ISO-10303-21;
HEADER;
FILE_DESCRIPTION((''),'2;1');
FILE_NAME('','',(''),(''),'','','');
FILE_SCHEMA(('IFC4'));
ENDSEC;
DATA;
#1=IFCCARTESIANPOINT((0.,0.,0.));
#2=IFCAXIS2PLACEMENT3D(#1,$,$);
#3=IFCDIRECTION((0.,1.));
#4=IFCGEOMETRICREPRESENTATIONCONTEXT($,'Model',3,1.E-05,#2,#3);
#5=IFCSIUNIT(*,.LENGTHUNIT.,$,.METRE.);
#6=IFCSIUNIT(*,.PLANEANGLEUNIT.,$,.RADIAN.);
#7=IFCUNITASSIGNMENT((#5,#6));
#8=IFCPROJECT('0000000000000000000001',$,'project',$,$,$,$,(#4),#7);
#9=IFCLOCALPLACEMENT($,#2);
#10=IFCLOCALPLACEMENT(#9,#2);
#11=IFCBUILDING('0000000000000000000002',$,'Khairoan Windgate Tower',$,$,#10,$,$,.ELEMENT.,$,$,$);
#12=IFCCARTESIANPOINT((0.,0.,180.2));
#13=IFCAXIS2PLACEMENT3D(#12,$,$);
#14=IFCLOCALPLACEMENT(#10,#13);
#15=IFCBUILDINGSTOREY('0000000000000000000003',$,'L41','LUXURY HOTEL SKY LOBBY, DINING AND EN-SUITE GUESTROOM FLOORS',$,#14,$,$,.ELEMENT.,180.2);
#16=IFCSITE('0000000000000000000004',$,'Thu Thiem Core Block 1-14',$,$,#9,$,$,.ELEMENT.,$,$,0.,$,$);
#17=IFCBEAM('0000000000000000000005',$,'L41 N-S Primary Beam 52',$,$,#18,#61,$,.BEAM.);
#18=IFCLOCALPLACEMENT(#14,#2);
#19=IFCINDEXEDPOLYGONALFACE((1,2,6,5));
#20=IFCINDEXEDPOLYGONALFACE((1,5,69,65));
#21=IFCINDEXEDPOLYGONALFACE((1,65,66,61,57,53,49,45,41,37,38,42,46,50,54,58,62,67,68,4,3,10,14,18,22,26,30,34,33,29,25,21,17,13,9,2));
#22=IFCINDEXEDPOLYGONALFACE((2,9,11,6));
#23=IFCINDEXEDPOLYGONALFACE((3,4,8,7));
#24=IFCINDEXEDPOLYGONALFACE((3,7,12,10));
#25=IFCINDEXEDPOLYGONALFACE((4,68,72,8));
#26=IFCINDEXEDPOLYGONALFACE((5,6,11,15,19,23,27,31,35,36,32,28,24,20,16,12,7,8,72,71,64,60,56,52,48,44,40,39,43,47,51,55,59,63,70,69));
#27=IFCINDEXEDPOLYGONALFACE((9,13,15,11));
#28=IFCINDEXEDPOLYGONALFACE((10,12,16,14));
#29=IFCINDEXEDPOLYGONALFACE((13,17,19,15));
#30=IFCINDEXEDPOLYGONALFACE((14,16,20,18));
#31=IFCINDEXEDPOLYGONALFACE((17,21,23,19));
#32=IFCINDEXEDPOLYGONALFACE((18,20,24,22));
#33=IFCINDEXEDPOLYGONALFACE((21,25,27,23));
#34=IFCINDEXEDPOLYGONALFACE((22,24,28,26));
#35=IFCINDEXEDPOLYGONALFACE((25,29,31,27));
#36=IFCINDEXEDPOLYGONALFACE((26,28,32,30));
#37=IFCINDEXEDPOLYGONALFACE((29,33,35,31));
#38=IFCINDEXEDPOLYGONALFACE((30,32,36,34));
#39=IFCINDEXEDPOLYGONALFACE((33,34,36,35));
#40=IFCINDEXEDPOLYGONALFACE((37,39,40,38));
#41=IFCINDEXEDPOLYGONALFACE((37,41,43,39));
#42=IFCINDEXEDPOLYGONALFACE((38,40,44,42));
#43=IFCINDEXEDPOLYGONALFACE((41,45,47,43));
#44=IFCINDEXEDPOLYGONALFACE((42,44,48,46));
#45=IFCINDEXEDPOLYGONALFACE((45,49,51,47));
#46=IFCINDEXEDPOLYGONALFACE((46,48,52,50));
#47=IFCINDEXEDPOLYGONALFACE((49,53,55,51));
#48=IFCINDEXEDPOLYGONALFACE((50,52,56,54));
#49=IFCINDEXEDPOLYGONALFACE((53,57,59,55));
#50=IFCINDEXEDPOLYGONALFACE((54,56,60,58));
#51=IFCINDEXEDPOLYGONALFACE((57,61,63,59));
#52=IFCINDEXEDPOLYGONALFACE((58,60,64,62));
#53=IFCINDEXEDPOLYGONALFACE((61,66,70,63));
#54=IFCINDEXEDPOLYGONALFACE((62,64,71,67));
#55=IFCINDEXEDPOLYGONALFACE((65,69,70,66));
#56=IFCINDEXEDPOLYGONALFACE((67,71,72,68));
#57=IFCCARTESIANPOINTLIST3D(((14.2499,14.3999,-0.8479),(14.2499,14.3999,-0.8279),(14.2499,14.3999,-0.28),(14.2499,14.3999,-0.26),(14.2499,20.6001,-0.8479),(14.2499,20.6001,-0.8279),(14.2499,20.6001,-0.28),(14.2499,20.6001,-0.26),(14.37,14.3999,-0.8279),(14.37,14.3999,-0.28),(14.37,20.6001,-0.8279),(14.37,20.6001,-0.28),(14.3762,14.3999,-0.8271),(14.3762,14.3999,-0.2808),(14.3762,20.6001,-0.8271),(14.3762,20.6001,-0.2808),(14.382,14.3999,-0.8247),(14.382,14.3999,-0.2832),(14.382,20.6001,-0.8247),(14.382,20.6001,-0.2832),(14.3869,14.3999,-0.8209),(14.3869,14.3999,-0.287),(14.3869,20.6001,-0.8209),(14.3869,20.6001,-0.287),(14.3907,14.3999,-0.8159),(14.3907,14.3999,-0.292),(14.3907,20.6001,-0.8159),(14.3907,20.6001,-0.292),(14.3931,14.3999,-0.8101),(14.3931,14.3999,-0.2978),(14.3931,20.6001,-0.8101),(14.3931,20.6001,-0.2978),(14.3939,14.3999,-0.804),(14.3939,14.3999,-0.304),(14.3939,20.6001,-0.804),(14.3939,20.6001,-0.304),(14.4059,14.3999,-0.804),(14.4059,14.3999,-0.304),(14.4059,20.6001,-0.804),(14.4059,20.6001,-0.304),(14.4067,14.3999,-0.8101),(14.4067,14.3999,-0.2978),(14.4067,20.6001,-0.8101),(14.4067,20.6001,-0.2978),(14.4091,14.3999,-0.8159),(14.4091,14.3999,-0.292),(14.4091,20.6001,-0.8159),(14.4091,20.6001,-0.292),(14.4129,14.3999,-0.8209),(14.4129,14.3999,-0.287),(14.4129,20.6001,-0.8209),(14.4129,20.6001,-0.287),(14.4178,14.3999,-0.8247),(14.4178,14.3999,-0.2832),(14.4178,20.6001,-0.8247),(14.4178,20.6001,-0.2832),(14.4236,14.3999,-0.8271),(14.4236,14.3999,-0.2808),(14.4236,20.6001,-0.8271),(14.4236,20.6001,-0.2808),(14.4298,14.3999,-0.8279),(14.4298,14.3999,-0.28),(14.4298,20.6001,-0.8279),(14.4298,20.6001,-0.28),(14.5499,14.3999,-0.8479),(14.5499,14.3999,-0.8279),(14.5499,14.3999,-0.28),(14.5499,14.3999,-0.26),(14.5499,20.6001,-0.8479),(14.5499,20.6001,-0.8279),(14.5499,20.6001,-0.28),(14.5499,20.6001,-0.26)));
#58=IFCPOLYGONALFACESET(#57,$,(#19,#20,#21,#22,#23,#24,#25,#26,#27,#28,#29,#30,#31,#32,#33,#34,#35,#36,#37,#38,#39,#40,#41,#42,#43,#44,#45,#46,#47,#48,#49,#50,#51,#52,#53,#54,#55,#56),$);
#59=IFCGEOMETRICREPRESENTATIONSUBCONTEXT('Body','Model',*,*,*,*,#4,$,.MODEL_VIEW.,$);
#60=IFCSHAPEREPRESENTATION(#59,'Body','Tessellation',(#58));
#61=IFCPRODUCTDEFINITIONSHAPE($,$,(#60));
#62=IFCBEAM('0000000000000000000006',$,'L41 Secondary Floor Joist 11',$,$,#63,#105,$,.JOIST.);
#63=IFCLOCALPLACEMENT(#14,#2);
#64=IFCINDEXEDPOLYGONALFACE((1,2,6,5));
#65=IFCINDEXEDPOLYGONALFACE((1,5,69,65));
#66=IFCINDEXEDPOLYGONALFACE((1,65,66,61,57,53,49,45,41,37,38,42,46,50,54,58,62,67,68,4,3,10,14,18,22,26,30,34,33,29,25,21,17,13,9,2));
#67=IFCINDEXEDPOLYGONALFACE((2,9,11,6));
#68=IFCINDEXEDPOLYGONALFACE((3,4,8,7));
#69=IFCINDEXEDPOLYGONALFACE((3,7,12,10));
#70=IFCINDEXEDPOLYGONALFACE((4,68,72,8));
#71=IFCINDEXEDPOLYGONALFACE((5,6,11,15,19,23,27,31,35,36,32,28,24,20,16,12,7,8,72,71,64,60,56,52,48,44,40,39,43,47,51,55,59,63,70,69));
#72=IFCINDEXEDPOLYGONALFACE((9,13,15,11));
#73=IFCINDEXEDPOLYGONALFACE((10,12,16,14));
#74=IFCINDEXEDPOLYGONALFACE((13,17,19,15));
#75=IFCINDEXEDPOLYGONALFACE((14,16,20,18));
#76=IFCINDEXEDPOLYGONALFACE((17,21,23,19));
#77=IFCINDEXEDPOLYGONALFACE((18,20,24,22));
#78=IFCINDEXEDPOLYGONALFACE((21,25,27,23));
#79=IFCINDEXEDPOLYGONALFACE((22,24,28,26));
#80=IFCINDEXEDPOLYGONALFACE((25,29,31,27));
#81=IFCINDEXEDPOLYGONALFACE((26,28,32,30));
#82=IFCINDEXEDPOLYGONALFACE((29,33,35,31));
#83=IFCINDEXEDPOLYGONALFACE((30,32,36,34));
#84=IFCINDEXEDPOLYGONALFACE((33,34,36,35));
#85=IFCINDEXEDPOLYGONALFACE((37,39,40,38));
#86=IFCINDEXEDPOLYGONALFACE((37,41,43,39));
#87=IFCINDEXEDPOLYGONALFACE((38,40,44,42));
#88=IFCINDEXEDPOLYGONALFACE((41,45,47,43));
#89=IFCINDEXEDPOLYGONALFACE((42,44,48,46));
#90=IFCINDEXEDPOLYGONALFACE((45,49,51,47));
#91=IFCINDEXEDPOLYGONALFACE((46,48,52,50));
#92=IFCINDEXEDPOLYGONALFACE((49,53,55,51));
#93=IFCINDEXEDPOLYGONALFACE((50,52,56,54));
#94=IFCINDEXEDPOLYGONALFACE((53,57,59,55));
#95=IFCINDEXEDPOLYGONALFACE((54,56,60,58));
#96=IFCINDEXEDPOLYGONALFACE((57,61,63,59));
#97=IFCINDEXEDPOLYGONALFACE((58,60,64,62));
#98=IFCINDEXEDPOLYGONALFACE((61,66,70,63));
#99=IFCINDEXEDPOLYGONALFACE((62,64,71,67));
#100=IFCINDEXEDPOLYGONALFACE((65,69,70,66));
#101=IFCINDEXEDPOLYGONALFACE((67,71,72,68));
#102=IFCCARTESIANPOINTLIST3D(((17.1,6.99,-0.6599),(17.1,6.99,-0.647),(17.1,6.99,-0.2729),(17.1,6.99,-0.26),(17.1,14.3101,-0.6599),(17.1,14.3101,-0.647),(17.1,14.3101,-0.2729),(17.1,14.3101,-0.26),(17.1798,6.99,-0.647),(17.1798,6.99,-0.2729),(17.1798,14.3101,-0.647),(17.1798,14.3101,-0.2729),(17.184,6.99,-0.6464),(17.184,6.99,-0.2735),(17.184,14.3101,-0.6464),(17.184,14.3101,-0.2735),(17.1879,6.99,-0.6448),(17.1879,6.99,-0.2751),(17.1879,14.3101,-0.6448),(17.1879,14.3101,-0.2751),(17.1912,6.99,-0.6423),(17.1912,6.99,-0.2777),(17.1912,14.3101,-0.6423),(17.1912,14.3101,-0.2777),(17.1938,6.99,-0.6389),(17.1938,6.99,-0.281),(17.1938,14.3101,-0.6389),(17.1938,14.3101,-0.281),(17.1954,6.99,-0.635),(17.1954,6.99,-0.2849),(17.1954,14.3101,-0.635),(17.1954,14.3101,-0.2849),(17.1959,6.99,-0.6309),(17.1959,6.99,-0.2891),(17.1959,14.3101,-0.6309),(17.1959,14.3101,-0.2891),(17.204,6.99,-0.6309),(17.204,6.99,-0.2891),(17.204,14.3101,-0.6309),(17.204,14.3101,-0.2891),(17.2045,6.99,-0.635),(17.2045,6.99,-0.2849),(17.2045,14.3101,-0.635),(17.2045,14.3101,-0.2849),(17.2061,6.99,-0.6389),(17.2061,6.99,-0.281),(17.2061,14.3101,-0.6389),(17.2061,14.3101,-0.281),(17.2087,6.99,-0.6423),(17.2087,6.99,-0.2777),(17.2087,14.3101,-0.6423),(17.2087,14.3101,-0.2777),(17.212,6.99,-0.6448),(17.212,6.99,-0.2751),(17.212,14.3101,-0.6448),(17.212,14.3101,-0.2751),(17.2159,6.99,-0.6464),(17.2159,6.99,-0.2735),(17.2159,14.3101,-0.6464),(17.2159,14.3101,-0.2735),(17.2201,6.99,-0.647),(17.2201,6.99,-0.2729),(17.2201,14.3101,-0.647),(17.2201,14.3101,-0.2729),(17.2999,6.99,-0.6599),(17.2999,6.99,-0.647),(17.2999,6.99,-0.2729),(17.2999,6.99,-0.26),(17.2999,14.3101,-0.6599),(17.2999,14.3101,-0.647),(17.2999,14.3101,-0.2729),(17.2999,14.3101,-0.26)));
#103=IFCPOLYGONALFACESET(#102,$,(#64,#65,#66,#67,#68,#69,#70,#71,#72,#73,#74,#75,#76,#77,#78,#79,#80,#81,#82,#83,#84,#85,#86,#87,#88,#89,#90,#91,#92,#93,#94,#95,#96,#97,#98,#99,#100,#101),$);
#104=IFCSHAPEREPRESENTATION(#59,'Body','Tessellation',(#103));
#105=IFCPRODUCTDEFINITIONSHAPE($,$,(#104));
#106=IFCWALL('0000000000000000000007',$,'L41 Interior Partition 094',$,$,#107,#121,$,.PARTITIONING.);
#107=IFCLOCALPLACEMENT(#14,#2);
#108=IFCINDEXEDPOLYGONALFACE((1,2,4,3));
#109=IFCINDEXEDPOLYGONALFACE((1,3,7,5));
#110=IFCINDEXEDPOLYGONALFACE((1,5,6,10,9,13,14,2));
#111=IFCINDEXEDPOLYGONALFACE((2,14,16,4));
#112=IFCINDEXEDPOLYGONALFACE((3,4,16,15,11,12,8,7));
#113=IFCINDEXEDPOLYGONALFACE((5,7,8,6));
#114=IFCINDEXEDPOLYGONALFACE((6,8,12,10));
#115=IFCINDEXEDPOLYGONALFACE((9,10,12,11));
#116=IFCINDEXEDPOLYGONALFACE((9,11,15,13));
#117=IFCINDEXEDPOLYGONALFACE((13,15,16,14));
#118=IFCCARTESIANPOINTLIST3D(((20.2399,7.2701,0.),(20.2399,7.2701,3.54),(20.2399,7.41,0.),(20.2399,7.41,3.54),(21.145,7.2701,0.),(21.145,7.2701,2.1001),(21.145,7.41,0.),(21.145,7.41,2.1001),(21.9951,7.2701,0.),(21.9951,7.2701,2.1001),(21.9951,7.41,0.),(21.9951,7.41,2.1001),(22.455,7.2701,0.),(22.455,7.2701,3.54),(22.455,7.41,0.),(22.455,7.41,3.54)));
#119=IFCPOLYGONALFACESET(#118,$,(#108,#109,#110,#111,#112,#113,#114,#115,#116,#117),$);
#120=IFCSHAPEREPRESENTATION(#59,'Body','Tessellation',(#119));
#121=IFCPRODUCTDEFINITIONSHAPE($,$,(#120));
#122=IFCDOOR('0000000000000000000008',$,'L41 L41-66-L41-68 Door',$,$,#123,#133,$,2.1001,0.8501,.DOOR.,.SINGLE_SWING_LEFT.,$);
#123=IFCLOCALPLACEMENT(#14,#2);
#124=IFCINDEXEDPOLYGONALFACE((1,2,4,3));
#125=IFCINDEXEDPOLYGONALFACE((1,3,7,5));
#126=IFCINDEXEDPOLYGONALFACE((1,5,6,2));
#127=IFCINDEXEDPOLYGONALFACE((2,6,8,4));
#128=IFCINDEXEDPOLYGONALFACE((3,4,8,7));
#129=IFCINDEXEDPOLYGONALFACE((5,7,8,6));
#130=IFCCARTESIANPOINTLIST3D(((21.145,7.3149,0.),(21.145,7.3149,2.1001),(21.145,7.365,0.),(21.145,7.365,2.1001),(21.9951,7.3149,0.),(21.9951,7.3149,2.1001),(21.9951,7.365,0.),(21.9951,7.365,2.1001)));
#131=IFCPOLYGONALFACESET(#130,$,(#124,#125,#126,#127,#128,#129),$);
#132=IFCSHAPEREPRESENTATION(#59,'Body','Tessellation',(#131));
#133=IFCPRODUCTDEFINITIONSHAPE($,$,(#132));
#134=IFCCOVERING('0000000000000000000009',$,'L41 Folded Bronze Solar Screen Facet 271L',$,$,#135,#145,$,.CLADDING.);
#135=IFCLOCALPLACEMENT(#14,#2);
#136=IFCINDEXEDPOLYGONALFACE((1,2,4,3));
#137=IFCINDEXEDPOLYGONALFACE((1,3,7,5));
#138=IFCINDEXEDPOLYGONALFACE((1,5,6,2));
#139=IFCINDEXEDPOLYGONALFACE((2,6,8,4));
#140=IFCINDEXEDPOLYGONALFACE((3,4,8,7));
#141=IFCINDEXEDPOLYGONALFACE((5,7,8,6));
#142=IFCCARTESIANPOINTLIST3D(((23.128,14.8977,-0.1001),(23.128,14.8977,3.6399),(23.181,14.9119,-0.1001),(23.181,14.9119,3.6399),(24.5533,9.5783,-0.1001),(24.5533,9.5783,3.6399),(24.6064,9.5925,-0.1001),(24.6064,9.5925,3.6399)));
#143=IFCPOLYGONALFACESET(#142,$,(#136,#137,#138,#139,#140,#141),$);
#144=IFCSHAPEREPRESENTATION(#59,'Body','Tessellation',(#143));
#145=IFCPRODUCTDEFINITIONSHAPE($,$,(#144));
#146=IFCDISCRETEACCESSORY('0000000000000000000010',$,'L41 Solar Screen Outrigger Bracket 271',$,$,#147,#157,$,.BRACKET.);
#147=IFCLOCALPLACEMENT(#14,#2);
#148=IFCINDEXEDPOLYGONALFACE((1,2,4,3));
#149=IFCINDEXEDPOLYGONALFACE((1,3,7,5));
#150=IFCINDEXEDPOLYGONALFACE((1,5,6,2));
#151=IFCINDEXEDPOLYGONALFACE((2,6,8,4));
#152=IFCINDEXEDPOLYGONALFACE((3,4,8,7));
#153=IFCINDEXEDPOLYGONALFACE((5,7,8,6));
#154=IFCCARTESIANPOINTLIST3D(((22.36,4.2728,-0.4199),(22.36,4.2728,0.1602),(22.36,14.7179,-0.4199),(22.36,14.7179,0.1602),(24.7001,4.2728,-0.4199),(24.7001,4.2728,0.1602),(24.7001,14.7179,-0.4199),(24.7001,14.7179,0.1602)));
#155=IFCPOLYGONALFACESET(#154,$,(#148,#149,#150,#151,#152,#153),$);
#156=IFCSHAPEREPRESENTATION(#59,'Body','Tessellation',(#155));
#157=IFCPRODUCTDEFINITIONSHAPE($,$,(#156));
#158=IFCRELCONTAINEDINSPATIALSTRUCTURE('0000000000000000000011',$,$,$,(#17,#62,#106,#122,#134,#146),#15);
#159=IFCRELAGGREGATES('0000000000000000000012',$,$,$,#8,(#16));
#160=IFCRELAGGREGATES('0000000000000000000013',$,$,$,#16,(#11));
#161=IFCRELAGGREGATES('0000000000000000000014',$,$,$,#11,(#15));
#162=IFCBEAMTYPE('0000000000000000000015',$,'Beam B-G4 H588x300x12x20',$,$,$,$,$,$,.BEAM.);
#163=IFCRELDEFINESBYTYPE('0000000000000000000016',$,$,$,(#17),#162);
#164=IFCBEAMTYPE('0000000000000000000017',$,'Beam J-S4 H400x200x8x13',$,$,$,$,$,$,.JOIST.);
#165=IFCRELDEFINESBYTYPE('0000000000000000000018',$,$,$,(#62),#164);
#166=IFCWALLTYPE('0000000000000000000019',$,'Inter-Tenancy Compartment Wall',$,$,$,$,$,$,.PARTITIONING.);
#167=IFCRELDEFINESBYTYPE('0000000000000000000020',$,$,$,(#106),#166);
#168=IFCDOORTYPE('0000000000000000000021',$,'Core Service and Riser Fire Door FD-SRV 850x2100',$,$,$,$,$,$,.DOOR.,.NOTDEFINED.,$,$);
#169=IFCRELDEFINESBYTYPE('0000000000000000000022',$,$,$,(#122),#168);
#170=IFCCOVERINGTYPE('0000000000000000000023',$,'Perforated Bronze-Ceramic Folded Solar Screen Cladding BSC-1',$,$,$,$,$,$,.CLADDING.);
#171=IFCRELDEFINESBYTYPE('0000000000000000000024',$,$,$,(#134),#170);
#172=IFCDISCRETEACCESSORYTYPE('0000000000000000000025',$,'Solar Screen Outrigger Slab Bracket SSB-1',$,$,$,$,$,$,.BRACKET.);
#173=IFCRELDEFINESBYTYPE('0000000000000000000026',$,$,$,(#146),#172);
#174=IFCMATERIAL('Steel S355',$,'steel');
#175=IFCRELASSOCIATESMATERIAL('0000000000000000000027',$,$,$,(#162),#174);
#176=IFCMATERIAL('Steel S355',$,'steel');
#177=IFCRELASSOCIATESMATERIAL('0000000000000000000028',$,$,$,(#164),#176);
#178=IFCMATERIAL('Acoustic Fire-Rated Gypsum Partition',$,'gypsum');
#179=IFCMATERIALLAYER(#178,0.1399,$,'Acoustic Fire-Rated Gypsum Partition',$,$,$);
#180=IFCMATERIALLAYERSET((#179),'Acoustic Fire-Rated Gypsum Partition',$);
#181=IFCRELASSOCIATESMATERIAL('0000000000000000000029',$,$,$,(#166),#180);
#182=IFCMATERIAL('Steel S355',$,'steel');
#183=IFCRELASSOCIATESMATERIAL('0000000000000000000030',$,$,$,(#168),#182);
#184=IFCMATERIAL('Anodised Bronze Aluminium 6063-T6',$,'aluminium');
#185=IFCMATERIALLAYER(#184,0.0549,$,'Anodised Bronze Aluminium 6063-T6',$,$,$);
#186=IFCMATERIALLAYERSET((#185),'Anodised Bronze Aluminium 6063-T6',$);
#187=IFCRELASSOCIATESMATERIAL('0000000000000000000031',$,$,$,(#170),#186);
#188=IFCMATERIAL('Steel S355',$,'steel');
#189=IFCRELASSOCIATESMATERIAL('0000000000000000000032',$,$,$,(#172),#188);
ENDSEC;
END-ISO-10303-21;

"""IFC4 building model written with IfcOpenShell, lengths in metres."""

from ifc_helpers import new_model, si_unit, direction, frame, frame_2d, origin, origin_2d, place, context, subcontext, project, spatial, rectangle, i_section, extrude, material, layer, layer_set, material_profile, profile_set, type_object, element, fill, save


model = new_model("IFC4")

# Units and contexts
model_context = context("Model", 3, precision=1e-05, world=origin(), true_north=direction((0.0, 1.0)))
body_context = subcontext(model_context, "Body", "Model", "MODEL_VIEW")
ifc_project = project(units=[si_unit("LENGTHUNIT", "METRE"), si_unit("PLANEANGLEUNIT", "RADIAN")], contexts=[model_context])

# Site, building, storey
site_placement = place(None, origin())
site = spatial("IfcSite", under=ifc_project, at=site_placement, Name="Thu Thiem Core Block 1-14", CompositionType="ELEMENT", RefElevation=0.0)
building_placement = place(site_placement, origin())
building = spatial("IfcBuilding", under=site, at=building_placement, Name="Khairoan Windgate Tower", CompositionType="ELEMENT")
storey_placement = place(building_placement, frame((0.0, 0.0, 180.2)))
storey = spatial("IfcBuildingStorey", under=building, at=storey_placement, Name="L41", Description="LUXURY HOTEL SKY LOBBY, DINING AND EN-SUITE GUESTROOM FLOORS", CompositionType="ELEMENT", Elevation=180.2)

# Beams
ifc_material_1 = material(Name="Steel S355", Category="steel")
ifc_material_profile_1 = material_profile(ifc_material_1, i_section(OverallWidth=0.3, OverallDepth=0.5879, WebThickness=0.012, FlangeThickness=0.02, FilletRadius=0.0239, at=origin_2d()))
ifc_profile_set_1 = profile_set([ifc_material_profile_1], Name="Steel S355")
beam_type_1 = type_object("IfcBeamType", Name="Beam B-G4 H588x300x12x20", PredefinedType="BEAM", material=ifc_profile_set_1)
beam_1_placement = place(storey_placement, frame((14.3999, 14.3999, -0.554), z_axis=(0.0, 1.0, 0.0), x_axis=(-1.0, 0.0, 0.0)))
element("IfcBeam", 1, at=beam_1_placement, inside=storey, type_object=beam_type_1, Name="L41 N-S Primary Beam 52", PredefinedType="BEAM", context=body_context, shape_type="SweptSolid", body=[
    extrude(i_section(OverallWidth=0.3, OverallDepth=0.5879, WebThickness=0.012, FlangeThickness=0.02, FilletRadius=0.0239, at=origin_2d()), origin(), (0.0, 0.0, 1.0), 6.2002),
])
ifc_material_2 = material(Name="Steel S355", Category="steel")
ifc_material_profile_2 = material_profile(ifc_material_2, i_section(OverallWidth=0.2, OverallDepth=0.3999, WebThickness=0.0081, FlangeThickness=0.0129, FilletRadius=0.0161, at=origin_2d()))
ifc_profile_set_2 = profile_set([ifc_material_profile_2], Name="Steel S355")
beam_type_2 = type_object("IfcBeamType", Name="Beam J-S4 H400x200x8x13", PredefinedType="JOIST", material=ifc_profile_set_2)
beam_2_placement = place(storey_placement, frame((17.2, 6.99, -0.46), z_axis=(0.0, 1.0, 0.0), x_axis=(-1.0, 0.0, 0.0)))
element("IfcBeam", 2, at=beam_2_placement, inside=storey, type_object=beam_type_2, Name="L41 Secondary Floor Joist 11", PredefinedType="JOIST", context=body_context, shape_type="SweptSolid", body=[
    extrude(i_section(OverallWidth=0.2, OverallDepth=0.3999, WebThickness=0.0081, FlangeThickness=0.0129, FilletRadius=0.0161, at=origin_2d()), origin(), (0.0, 0.0, 1.0), 7.3201),
])

# Wall, opening, door
ifc_material_3 = material(Name="Acoustic Fire-Rated Gypsum Partition", Category="gypsum")
ifc_layer_1 = layer(ifc_material_3, 0.1399, Name="Acoustic Fire-Rated Gypsum Partition")
ifc_layer_set_1 = layer_set([ifc_layer_1], Name="Acoustic Fire-Rated Gypsum Partition")
wall_type = type_object("IfcWallType", Name="Inter-Tenancy Compartment Wall", PredefinedType="PARTITIONING", material=ifc_layer_set_1)
wall_placement = place(storey_placement, frame((20.24, 7.3401, 0.0), z_axis=(0.0, 0.0, 1.0), x_axis=(1.0, 0.0, 0.0)))
wall = element("IfcWall", 3, at=wall_placement, inside=storey, type_object=wall_type, Name="L41 Interior Partition 094", PredefinedType="PARTITIONING", context=body_context, shape_type="SweptSolid", body=[
    extrude(rectangle(XDim=2.2151, YDim=0.1399, at=frame_2d((1.1074, 0.0))), origin(), (0.0, 0.0, 1.0), 3.54),
])
opening_placement = place(wall_placement, frame((0.905, 0.0, 0.0)))
opening = element("IfcOpeningElement", 4, at=opening_placement, cuts=wall, PredefinedType="OPENING", context=body_context, shape_type="SweptSolid", body=[
    extrude(rectangle(XDim=0.8501, YDim=2.1001, at=frame_2d((0.425, 1.05))), frame((0.0, 0.0798, 0.0), z_axis=(0.0, -1.0, 0.0), x_axis=(1.0, 0.0, 0.0)), (0.0, 0.0, 1.0), 0.1599),
])
ifc_material_4 = material(Name="Steel S355", Category="steel")
door_type = type_object("IfcDoorType", Name="Core Service and Riser Fire Door FD-SRV 850x2100", OperationType="NOTDEFINED", PredefinedType="DOOR", material=ifc_material_4)
door_placement = place(opening_placement, origin())
door = element("IfcDoor", 5, at=door_placement, inside=storey, type_object=door_type, Name="L41 L41-66-L41-68 Door", OperationType="SINGLE_SWING_LEFT", OverallHeight=2.1001, OverallWidth=0.8501, PredefinedType="DOOR", context=body_context, shape_type="SweptSolid", body=[
    extrude(rectangle(XDim=0.8501, YDim=2.1001, at=frame_2d((0.425, 1.05))), frame((0.0, 0.0249, 0.0), z_axis=(0.0, -1.0, 0.0), x_axis=(1.0, 0.0, 0.0)), (0.0, 0.0, 1.0), 0.05),
])
fill(opening, door)

# Covering
ifc_material_5 = material(Name="Anodised Bronze Aluminium 6063-T6", Category="aluminium")
ifc_layer_2 = layer(ifc_material_5, 0.0549, Name="Anodised Bronze Aluminium 6063-T6")
ifc_layer_set_2 = layer_set([ifc_layer_2], Name="Anodised Bronze Aluminium 6063-T6")
covering_type = type_object("IfcCoveringType", Name="Perforated Bronze-Ceramic Folded Solar Screen Cladding BSC-1", PredefinedType="CLADDING", material=ifc_layer_set_2)
covering_placement = place(storey_placement, frame((23.8672, 12.2451, -0.1001), z_axis=(0.0, 0.0, 1.0), x_axis=(0.258819, -0.965926, 0.0)))
element("IfcCovering", 6, at=covering_placement, inside=storey, type_object=covering_type, Name="L41 Folded Bronze Solar Screen Facet 271L", PredefinedType="CLADDING", context=body_context, shape_type="SweptSolid", body=[
    extrude(rectangle(XDim=5.5071, YDim=0.0549, at=origin_2d()), origin(), (0.0, 0.0, 1.0), 3.74),
])

# Discrete accessory
ifc_material_6 = material(Name="Steel S355", Category="steel")
discrete_accessory_type = type_object("IfcDiscreteAccessoryType", Name="Solar Screen Outrigger Slab Bracket SSB-1", PredefinedType="BRACKET", material=ifc_material_6)
discrete_accessory_placement = place(storey_placement, frame((23.53, 9.4954, -0.4199), z_axis=(0.0, 0.0, 1.0), x_axis=(0.0, -1.0, 0.0)))
element("IfcDiscreteAccessory", 7, at=discrete_accessory_placement, inside=storey, type_object=discrete_accessory_type, Name="L41 Solar Screen Outrigger Bracket 271", PredefinedType="BRACKET", context=body_context, shape_type="SweptSolid", body=[
    extrude(rectangle(XDim=10.4451, YDim=2.3401, at=origin_2d()), origin(), (0.0, 0.0, 1.0), 0.5801),
])

save(model, "model.ifc")
